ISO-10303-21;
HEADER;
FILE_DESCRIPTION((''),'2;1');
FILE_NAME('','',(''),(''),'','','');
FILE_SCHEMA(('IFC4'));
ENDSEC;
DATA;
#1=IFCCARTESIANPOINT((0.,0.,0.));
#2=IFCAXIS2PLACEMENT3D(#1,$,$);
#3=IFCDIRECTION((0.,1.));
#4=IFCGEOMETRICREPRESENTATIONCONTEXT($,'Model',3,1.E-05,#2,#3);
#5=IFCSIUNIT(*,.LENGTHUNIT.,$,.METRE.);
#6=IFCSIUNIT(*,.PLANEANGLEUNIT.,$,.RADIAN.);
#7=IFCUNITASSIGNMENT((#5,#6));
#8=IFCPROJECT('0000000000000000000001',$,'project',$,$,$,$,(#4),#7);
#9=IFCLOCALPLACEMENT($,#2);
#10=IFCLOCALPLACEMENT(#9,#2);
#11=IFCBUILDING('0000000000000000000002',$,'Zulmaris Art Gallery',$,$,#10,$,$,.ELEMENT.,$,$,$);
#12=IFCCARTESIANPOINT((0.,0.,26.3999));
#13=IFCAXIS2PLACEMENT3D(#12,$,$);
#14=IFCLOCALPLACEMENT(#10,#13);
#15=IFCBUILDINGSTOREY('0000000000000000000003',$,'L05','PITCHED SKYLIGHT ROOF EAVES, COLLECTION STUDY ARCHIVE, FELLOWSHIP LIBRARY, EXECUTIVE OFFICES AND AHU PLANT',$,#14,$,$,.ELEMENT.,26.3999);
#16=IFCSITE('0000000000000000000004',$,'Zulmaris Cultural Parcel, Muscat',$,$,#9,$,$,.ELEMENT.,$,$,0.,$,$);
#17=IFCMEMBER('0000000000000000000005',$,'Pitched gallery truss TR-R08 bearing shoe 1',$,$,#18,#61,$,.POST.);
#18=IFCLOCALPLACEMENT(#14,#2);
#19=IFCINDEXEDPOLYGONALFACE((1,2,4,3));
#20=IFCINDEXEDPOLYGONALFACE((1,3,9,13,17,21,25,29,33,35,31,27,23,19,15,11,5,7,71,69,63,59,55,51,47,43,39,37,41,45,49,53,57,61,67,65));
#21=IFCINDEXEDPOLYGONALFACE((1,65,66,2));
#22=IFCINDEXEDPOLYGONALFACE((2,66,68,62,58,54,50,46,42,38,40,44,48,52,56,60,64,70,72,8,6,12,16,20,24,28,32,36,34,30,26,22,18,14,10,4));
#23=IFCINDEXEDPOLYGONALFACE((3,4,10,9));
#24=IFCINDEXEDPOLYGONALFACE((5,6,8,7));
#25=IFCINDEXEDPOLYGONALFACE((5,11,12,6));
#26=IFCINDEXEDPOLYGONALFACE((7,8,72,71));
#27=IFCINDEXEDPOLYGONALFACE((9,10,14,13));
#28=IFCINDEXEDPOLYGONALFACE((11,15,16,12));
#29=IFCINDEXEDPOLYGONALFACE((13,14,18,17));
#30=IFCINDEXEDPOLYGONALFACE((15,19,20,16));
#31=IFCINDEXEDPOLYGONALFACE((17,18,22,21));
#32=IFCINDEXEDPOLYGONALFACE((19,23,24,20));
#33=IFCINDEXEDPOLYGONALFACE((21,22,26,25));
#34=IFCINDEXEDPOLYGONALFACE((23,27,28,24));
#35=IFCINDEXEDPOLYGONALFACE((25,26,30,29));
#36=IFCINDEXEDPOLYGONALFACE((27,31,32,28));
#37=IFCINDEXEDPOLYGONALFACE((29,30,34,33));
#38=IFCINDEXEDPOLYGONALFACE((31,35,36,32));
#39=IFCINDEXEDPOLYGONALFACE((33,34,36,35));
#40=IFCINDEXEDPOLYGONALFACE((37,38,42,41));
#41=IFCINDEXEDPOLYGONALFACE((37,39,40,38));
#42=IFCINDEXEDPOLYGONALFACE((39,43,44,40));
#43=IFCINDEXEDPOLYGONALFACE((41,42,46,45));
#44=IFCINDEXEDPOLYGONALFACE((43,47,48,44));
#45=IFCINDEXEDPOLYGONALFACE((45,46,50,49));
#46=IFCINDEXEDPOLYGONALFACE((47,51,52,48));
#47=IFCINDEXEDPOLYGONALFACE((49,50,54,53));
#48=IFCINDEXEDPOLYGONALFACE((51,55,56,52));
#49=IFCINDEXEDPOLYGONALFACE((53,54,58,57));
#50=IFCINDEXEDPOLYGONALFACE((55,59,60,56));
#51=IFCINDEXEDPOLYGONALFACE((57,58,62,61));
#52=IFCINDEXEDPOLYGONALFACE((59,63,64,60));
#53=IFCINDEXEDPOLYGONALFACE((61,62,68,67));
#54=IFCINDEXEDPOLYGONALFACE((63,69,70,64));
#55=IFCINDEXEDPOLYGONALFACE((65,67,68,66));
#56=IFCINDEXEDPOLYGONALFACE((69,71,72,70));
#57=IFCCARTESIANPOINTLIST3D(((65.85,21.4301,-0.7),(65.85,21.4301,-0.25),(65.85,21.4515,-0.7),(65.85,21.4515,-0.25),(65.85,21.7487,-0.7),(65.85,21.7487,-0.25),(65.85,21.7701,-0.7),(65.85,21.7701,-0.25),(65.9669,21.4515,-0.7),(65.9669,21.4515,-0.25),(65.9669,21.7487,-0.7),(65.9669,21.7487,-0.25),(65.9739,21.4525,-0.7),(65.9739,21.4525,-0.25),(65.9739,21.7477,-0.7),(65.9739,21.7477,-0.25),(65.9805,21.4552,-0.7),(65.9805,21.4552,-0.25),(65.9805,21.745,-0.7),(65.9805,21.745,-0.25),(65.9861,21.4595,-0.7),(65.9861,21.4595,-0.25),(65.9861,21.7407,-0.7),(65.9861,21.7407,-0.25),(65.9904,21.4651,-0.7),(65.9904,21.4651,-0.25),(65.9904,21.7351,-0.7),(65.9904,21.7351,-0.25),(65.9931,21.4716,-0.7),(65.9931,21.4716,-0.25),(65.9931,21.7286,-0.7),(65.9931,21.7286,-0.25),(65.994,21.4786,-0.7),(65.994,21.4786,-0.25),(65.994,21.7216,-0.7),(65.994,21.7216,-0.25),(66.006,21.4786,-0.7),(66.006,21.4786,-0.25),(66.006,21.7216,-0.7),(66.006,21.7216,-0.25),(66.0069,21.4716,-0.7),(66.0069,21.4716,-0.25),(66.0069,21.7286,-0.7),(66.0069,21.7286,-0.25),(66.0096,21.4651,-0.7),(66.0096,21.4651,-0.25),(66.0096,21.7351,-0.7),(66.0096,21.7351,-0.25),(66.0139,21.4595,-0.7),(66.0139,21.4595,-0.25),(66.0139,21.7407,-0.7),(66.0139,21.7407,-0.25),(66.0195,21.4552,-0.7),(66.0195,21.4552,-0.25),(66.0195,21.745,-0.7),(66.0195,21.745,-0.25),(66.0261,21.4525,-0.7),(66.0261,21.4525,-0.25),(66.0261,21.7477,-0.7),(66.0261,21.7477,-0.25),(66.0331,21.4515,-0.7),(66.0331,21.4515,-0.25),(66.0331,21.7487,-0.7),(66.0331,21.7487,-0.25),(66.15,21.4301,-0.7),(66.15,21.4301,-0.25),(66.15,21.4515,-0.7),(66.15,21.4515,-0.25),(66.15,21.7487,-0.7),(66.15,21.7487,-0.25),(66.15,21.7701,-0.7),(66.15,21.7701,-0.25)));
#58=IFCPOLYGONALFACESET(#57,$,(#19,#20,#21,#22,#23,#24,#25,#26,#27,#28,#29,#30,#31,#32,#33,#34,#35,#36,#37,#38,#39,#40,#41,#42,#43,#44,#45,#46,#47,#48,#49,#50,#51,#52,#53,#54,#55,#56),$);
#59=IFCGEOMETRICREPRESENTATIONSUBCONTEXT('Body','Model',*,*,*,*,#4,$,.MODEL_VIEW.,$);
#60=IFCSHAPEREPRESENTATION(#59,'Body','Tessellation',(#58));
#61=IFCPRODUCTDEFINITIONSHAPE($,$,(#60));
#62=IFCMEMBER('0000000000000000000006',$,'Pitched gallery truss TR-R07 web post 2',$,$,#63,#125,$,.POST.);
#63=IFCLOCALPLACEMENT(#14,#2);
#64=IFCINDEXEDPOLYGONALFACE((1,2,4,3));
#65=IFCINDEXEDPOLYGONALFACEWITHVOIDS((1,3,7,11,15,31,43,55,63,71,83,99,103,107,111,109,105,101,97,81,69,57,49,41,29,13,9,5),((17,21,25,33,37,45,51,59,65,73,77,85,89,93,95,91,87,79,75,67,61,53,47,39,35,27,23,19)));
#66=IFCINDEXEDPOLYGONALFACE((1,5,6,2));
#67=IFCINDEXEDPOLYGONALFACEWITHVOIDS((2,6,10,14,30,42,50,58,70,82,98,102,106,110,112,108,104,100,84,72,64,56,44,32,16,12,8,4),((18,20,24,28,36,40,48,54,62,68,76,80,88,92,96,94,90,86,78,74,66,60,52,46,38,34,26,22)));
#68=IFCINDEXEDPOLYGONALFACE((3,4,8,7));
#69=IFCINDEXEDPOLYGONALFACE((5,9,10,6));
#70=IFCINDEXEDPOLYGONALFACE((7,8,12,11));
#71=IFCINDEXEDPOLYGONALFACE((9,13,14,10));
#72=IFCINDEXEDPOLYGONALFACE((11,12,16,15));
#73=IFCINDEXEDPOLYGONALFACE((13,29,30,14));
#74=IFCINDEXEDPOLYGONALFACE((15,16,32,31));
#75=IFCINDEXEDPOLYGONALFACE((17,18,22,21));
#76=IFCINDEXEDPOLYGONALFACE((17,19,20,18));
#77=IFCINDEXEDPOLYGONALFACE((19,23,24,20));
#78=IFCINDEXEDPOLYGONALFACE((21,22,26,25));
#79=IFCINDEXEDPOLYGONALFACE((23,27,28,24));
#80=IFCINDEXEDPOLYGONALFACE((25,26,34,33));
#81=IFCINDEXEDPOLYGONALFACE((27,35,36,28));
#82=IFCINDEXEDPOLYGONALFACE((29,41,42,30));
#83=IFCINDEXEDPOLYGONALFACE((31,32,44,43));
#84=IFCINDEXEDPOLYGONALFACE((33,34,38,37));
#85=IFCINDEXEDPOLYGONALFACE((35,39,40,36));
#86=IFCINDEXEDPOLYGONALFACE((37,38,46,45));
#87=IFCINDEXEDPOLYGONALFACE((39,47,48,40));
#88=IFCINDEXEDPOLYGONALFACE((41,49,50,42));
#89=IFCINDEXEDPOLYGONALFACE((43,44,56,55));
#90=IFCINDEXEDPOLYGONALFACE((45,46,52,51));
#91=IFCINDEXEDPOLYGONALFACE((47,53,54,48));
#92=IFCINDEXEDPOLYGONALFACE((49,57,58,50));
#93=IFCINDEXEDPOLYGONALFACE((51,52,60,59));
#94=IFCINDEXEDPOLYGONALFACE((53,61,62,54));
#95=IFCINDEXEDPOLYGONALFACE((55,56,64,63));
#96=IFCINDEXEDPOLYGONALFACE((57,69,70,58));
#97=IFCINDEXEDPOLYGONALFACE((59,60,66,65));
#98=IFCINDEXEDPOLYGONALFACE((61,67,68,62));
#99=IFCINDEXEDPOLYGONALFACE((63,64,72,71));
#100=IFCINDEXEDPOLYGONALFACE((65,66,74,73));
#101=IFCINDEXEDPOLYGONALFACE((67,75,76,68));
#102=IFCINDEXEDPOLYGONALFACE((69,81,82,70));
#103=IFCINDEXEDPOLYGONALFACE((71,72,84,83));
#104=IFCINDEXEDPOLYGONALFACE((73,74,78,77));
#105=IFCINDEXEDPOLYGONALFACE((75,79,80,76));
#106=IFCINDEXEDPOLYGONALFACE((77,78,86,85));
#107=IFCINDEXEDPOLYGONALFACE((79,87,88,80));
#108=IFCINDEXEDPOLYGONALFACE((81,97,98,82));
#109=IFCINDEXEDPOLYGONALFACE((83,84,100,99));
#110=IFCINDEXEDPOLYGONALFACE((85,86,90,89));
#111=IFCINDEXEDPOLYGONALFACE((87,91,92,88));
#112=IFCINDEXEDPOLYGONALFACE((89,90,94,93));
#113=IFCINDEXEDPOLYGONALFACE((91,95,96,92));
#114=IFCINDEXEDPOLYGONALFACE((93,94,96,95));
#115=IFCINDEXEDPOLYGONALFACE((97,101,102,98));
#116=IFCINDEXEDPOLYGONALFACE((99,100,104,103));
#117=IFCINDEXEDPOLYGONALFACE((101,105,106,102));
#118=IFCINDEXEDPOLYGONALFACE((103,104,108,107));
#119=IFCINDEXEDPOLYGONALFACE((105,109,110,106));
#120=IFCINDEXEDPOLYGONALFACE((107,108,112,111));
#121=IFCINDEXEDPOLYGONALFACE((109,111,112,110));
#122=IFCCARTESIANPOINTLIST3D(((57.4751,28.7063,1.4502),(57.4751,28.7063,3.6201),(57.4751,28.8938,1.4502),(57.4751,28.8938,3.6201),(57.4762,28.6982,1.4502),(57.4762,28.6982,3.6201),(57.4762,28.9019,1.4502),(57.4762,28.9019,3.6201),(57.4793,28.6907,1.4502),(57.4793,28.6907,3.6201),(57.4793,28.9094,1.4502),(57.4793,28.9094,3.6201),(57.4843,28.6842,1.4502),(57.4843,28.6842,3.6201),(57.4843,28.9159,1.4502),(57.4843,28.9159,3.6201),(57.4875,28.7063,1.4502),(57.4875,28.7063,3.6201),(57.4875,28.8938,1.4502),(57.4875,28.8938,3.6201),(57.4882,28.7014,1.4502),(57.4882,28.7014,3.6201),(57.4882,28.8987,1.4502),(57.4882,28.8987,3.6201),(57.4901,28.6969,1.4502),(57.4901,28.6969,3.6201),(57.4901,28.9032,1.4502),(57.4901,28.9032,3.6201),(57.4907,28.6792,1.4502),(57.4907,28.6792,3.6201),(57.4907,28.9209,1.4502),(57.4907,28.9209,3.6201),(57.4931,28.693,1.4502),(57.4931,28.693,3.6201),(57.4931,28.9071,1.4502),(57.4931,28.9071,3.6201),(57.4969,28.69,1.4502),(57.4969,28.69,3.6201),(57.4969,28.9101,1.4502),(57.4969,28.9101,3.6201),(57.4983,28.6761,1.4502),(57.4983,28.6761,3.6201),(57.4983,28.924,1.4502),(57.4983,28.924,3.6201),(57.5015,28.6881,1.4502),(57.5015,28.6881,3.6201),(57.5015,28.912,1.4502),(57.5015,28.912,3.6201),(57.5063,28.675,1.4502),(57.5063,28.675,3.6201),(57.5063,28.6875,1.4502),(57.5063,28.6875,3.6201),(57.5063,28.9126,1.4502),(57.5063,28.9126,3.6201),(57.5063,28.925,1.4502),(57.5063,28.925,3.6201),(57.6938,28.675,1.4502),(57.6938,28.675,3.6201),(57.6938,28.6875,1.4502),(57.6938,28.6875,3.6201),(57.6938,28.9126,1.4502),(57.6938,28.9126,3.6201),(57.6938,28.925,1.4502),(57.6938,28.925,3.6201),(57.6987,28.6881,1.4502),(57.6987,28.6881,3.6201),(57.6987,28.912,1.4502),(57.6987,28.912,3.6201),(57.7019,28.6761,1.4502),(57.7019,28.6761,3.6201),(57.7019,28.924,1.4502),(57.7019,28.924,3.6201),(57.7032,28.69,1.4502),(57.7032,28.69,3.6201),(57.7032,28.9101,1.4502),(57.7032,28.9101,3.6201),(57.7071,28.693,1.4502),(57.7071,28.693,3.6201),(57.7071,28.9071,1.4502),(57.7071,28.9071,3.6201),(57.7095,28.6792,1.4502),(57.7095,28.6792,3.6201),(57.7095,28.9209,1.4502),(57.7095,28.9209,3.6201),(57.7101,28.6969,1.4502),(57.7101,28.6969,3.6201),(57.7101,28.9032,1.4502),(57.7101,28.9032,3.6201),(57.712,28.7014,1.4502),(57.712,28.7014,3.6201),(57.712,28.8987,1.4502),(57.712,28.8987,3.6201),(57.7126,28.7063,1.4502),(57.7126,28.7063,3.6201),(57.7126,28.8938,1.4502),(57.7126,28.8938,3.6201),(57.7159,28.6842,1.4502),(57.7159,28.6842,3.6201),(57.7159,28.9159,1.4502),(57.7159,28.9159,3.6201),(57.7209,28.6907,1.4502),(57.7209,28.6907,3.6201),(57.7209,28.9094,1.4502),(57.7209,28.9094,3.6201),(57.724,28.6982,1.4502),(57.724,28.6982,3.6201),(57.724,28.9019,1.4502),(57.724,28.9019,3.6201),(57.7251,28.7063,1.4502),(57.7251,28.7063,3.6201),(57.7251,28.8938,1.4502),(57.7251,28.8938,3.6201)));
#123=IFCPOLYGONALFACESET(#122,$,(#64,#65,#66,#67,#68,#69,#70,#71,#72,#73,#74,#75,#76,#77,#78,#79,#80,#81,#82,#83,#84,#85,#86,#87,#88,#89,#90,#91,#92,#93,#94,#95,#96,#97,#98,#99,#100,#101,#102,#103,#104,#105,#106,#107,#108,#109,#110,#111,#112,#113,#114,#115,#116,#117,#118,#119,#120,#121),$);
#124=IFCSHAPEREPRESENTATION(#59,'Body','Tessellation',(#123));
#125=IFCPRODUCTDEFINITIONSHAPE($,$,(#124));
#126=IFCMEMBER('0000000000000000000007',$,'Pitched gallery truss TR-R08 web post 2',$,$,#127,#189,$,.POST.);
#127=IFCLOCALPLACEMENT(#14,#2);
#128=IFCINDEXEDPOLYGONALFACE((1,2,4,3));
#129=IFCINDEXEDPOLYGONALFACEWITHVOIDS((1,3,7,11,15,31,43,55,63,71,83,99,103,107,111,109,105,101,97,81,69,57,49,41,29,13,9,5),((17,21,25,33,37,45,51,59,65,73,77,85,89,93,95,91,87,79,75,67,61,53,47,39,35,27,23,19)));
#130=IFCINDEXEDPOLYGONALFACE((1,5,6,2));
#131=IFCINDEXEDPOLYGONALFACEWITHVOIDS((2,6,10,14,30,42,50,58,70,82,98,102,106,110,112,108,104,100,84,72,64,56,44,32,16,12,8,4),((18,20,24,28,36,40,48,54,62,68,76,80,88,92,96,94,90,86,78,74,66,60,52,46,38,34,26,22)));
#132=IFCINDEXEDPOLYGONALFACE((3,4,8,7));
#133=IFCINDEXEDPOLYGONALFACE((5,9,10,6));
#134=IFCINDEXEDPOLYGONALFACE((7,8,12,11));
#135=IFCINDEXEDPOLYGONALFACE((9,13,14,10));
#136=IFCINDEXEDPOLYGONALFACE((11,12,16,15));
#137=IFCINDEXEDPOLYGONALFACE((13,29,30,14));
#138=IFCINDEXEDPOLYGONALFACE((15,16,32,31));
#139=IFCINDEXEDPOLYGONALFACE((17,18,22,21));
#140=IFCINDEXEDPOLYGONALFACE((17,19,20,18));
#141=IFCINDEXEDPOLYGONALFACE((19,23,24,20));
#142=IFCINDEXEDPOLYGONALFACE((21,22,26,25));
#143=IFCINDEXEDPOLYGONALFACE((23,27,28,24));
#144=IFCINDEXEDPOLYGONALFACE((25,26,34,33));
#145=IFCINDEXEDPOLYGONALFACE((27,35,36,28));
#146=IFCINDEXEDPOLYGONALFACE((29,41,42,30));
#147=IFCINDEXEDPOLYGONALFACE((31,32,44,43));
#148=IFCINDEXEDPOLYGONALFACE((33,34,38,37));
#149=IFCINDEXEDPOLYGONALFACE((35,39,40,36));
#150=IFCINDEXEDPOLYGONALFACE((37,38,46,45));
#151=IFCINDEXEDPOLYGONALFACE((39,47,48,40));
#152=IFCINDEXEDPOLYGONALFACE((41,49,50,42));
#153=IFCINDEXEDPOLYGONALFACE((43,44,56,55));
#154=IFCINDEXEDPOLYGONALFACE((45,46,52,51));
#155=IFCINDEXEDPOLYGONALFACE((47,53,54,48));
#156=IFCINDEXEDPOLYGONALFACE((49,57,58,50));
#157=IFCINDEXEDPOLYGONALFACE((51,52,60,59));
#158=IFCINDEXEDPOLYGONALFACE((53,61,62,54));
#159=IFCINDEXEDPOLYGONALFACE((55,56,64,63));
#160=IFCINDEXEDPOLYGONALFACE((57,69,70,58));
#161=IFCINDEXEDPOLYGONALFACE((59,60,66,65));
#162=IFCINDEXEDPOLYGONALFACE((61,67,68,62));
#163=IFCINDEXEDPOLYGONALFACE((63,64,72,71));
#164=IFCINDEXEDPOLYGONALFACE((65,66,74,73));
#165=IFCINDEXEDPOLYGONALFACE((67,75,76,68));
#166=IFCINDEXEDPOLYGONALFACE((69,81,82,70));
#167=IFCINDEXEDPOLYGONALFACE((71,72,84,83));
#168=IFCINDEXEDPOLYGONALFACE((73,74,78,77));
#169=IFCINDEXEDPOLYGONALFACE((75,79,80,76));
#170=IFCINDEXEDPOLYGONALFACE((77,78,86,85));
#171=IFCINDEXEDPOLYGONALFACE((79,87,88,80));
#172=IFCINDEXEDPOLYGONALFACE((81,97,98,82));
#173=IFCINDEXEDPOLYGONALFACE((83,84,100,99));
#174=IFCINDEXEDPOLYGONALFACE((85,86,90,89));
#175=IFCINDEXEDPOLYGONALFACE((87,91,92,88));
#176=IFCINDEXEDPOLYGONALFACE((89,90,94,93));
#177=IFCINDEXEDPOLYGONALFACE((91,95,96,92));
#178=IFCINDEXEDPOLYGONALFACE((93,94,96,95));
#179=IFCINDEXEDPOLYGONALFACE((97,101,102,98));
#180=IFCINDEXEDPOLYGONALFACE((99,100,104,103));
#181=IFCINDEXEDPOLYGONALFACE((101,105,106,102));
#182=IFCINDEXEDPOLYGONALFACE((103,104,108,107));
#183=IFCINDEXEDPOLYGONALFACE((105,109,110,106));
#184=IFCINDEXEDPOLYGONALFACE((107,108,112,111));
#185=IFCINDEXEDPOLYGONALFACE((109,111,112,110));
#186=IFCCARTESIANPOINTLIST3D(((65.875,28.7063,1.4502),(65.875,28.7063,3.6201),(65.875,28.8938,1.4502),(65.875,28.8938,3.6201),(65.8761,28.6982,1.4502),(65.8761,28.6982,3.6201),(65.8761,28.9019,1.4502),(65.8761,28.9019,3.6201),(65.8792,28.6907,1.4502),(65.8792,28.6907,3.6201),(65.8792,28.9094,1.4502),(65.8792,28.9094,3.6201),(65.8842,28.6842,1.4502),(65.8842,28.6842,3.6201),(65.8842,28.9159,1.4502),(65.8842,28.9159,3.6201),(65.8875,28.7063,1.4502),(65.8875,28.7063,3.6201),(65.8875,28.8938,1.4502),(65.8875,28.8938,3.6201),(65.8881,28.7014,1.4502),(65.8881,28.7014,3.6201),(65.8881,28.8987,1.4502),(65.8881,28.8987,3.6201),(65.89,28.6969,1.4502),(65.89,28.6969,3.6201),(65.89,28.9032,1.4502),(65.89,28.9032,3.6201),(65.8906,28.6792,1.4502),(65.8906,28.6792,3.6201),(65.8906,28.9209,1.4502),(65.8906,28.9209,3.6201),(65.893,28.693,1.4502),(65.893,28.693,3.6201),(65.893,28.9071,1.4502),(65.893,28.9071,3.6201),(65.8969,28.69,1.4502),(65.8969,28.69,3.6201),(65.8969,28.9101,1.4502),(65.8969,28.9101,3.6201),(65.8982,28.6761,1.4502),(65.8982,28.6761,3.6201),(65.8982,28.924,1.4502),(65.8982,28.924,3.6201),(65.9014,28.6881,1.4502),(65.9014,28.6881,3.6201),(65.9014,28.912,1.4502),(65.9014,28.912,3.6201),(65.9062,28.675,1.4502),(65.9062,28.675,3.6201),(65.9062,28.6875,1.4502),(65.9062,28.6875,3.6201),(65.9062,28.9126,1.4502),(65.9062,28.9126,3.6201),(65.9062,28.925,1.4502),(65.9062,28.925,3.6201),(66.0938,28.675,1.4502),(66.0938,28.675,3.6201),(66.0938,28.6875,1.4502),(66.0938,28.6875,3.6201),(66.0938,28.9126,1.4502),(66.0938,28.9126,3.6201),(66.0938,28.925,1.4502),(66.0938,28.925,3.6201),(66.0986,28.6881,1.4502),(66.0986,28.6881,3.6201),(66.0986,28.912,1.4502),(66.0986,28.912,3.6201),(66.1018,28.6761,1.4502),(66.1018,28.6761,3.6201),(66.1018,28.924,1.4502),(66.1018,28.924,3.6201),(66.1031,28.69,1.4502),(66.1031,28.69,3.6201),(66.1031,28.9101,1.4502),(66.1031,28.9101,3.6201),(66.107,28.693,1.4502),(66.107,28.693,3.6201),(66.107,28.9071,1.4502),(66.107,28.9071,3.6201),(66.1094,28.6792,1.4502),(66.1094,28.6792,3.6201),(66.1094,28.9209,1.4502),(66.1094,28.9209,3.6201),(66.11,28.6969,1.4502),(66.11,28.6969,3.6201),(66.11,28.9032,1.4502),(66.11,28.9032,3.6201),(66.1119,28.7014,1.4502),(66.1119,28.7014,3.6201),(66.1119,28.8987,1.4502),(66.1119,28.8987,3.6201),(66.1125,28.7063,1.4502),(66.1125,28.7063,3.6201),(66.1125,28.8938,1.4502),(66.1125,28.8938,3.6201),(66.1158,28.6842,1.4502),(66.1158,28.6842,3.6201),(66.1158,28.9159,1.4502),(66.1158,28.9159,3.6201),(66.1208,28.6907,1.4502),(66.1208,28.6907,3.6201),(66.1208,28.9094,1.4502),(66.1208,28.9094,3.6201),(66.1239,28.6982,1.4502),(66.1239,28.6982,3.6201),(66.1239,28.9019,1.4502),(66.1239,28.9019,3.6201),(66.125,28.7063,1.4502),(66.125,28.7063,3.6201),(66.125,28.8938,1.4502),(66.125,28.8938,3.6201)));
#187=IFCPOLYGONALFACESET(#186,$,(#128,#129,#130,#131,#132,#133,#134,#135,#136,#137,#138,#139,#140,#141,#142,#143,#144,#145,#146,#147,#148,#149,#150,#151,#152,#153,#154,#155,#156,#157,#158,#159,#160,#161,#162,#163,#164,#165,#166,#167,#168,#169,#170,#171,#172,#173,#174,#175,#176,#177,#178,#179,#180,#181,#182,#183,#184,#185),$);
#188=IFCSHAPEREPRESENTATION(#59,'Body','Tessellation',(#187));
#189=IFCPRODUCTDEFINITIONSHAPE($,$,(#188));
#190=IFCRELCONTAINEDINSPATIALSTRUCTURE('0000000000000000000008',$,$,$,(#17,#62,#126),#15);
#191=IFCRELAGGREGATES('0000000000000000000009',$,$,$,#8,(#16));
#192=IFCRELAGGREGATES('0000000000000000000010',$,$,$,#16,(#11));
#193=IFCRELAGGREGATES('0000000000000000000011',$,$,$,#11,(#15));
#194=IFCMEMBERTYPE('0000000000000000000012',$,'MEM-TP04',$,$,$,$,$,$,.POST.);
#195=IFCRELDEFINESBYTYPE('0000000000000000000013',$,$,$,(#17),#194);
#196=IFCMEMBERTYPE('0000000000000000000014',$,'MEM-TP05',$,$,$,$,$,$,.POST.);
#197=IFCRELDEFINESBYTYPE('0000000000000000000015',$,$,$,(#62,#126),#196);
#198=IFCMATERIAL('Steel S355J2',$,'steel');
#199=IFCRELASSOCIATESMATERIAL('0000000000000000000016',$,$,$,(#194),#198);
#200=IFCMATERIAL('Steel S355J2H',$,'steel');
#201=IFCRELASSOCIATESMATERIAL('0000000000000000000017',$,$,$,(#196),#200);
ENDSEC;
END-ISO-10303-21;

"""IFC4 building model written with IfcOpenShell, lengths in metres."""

from ifc_helpers import new_model, si_unit, direction, frame, origin, origin_2d, place, context, subcontext, project, spatial, hollow_rectangle, i_section, extrude, material, material_profile, profile_set, type_object, element, save


model = new_model("IFC4")

# Units and contexts
model_context = context("Model", 3, precision=1e-05, world=origin(), true_north=direction((0.0, 1.0)))
body_context = subcontext(model_context, "Body", "Model", "MODEL_VIEW")
ifc_project = project(units=[si_unit("LENGTHUNIT", "METRE"), si_unit("PLANEANGLEUNIT", "RADIAN")], contexts=[model_context])

# Site, building, storey
site_placement = place(None, origin())
site = spatial("IfcSite", under=ifc_project, at=site_placement, Name="Zulmaris Cultural Parcel, Muscat", CompositionType="ELEMENT", RefElevation=0.0)
building_placement = place(site_placement, origin())
building = spatial("IfcBuilding", under=site, at=building_placement, Name="Zulmaris Art Gallery", CompositionType="ELEMENT")
storey_placement = place(building_placement, frame((0.0, 0.0, 26.3999)))
storey = spatial("IfcBuildingStorey", under=building, at=storey_placement, Name="L05", Description="PITCHED SKYLIGHT ROOF EAVES, COLLECTION STUDY ARCHIVE, FELLOWSHIP LIBRARY, EXECUTIVE OFFICES AND AHU PLANT", CompositionType="ELEMENT", Elevation=26.3999)

# Members
ifc_material_1 = material(Name="Steel S355J2H", Category="steel")
ifc_material_2 = material(Name="Steel S355J2", Category="steel")
ifc_material_profile_1 = material_profile(ifc_material_2, i_section(OverallWidth=0.3, OverallDepth=0.3401, WebThickness=0.012, FlangeThickness=0.0215, FilletRadius=0.0271, at=origin_2d()), Name="HEB 340")
ifc_profile_set_1 = profile_set([ifc_material_profile_1], Name="Steel S355J2")
member_type_1 = type_object("IfcMemberType", Name="MEM-TP04", PredefinedType="POST", material=ifc_profile_set_1)
member_1_placement = place(storey_placement, frame((66.0, 21.6001, -0.7), z_axis=(0.0, 0.0, 1.0), x_axis=(1.0, 0.0, 0.0)))
element("IfcMember", 1, at=member_1_placement, inside=storey, type_object=member_type_1, Name="Pitched gallery truss TR-R08 bearing shoe 1", PredefinedType="POST", context=body_context, shape_type="SweptSolid", body=[
    extrude(i_section(OverallWidth=0.3, OverallDepth=0.3401, WebThickness=0.012, FlangeThickness=0.0215, FilletRadius=0.0271, at=origin_2d()), origin(), (0.0, 0.0, 1.0), 0.45),
])
ifc_material_profile_2 = material_profile(ifc_material_1, hollow_rectangle(XDim=0.25, YDim=0.25, WallThickness=0.0125, InnerFilletRadius=0.0188, OuterFilletRadius=0.0312, at=origin_2d()), Name="SHS 250x250x12.5")
ifc_profile_set_2 = profile_set([ifc_material_profile_2], Name="Steel S355J2H")
member_type_2 = type_object("IfcMemberType", Name="MEM-TP05", PredefinedType="POST", material=ifc_profile_set_2)
for number, where, z_axis, x_axis, name in (
    (2, (57.6001, 28.8, 1.4502), (0.0, 0.0, 1.0), (1.0, 0.0, 0.0), "Pitched gallery truss TR-R07 web post 2"),
    (3, (66.0, 28.8, 1.4502), (0.0, 0.0, 1.0), (1.0, 0.0, 0.0), "Pitched gallery truss TR-R08 web post 2"),
):
    element("IfcMember", number, at=place(storey_placement, frame(where, z_axis=z_axis, x_axis=x_axis)), inside=storey, type_object=member_type_2, Name=name, PredefinedType="POST", context=body_context, shape_type="SweptSolid", body=[
        extrude(hollow_rectangle(XDim=0.25, YDim=0.25, WallThickness=0.0125, InnerFilletRadius=0.0188, OuterFilletRadius=0.0312, at=origin_2d()), origin(), (0.0, 0.0, 1.0), 2.1699),
    ])

save(model, "model.ifc")
